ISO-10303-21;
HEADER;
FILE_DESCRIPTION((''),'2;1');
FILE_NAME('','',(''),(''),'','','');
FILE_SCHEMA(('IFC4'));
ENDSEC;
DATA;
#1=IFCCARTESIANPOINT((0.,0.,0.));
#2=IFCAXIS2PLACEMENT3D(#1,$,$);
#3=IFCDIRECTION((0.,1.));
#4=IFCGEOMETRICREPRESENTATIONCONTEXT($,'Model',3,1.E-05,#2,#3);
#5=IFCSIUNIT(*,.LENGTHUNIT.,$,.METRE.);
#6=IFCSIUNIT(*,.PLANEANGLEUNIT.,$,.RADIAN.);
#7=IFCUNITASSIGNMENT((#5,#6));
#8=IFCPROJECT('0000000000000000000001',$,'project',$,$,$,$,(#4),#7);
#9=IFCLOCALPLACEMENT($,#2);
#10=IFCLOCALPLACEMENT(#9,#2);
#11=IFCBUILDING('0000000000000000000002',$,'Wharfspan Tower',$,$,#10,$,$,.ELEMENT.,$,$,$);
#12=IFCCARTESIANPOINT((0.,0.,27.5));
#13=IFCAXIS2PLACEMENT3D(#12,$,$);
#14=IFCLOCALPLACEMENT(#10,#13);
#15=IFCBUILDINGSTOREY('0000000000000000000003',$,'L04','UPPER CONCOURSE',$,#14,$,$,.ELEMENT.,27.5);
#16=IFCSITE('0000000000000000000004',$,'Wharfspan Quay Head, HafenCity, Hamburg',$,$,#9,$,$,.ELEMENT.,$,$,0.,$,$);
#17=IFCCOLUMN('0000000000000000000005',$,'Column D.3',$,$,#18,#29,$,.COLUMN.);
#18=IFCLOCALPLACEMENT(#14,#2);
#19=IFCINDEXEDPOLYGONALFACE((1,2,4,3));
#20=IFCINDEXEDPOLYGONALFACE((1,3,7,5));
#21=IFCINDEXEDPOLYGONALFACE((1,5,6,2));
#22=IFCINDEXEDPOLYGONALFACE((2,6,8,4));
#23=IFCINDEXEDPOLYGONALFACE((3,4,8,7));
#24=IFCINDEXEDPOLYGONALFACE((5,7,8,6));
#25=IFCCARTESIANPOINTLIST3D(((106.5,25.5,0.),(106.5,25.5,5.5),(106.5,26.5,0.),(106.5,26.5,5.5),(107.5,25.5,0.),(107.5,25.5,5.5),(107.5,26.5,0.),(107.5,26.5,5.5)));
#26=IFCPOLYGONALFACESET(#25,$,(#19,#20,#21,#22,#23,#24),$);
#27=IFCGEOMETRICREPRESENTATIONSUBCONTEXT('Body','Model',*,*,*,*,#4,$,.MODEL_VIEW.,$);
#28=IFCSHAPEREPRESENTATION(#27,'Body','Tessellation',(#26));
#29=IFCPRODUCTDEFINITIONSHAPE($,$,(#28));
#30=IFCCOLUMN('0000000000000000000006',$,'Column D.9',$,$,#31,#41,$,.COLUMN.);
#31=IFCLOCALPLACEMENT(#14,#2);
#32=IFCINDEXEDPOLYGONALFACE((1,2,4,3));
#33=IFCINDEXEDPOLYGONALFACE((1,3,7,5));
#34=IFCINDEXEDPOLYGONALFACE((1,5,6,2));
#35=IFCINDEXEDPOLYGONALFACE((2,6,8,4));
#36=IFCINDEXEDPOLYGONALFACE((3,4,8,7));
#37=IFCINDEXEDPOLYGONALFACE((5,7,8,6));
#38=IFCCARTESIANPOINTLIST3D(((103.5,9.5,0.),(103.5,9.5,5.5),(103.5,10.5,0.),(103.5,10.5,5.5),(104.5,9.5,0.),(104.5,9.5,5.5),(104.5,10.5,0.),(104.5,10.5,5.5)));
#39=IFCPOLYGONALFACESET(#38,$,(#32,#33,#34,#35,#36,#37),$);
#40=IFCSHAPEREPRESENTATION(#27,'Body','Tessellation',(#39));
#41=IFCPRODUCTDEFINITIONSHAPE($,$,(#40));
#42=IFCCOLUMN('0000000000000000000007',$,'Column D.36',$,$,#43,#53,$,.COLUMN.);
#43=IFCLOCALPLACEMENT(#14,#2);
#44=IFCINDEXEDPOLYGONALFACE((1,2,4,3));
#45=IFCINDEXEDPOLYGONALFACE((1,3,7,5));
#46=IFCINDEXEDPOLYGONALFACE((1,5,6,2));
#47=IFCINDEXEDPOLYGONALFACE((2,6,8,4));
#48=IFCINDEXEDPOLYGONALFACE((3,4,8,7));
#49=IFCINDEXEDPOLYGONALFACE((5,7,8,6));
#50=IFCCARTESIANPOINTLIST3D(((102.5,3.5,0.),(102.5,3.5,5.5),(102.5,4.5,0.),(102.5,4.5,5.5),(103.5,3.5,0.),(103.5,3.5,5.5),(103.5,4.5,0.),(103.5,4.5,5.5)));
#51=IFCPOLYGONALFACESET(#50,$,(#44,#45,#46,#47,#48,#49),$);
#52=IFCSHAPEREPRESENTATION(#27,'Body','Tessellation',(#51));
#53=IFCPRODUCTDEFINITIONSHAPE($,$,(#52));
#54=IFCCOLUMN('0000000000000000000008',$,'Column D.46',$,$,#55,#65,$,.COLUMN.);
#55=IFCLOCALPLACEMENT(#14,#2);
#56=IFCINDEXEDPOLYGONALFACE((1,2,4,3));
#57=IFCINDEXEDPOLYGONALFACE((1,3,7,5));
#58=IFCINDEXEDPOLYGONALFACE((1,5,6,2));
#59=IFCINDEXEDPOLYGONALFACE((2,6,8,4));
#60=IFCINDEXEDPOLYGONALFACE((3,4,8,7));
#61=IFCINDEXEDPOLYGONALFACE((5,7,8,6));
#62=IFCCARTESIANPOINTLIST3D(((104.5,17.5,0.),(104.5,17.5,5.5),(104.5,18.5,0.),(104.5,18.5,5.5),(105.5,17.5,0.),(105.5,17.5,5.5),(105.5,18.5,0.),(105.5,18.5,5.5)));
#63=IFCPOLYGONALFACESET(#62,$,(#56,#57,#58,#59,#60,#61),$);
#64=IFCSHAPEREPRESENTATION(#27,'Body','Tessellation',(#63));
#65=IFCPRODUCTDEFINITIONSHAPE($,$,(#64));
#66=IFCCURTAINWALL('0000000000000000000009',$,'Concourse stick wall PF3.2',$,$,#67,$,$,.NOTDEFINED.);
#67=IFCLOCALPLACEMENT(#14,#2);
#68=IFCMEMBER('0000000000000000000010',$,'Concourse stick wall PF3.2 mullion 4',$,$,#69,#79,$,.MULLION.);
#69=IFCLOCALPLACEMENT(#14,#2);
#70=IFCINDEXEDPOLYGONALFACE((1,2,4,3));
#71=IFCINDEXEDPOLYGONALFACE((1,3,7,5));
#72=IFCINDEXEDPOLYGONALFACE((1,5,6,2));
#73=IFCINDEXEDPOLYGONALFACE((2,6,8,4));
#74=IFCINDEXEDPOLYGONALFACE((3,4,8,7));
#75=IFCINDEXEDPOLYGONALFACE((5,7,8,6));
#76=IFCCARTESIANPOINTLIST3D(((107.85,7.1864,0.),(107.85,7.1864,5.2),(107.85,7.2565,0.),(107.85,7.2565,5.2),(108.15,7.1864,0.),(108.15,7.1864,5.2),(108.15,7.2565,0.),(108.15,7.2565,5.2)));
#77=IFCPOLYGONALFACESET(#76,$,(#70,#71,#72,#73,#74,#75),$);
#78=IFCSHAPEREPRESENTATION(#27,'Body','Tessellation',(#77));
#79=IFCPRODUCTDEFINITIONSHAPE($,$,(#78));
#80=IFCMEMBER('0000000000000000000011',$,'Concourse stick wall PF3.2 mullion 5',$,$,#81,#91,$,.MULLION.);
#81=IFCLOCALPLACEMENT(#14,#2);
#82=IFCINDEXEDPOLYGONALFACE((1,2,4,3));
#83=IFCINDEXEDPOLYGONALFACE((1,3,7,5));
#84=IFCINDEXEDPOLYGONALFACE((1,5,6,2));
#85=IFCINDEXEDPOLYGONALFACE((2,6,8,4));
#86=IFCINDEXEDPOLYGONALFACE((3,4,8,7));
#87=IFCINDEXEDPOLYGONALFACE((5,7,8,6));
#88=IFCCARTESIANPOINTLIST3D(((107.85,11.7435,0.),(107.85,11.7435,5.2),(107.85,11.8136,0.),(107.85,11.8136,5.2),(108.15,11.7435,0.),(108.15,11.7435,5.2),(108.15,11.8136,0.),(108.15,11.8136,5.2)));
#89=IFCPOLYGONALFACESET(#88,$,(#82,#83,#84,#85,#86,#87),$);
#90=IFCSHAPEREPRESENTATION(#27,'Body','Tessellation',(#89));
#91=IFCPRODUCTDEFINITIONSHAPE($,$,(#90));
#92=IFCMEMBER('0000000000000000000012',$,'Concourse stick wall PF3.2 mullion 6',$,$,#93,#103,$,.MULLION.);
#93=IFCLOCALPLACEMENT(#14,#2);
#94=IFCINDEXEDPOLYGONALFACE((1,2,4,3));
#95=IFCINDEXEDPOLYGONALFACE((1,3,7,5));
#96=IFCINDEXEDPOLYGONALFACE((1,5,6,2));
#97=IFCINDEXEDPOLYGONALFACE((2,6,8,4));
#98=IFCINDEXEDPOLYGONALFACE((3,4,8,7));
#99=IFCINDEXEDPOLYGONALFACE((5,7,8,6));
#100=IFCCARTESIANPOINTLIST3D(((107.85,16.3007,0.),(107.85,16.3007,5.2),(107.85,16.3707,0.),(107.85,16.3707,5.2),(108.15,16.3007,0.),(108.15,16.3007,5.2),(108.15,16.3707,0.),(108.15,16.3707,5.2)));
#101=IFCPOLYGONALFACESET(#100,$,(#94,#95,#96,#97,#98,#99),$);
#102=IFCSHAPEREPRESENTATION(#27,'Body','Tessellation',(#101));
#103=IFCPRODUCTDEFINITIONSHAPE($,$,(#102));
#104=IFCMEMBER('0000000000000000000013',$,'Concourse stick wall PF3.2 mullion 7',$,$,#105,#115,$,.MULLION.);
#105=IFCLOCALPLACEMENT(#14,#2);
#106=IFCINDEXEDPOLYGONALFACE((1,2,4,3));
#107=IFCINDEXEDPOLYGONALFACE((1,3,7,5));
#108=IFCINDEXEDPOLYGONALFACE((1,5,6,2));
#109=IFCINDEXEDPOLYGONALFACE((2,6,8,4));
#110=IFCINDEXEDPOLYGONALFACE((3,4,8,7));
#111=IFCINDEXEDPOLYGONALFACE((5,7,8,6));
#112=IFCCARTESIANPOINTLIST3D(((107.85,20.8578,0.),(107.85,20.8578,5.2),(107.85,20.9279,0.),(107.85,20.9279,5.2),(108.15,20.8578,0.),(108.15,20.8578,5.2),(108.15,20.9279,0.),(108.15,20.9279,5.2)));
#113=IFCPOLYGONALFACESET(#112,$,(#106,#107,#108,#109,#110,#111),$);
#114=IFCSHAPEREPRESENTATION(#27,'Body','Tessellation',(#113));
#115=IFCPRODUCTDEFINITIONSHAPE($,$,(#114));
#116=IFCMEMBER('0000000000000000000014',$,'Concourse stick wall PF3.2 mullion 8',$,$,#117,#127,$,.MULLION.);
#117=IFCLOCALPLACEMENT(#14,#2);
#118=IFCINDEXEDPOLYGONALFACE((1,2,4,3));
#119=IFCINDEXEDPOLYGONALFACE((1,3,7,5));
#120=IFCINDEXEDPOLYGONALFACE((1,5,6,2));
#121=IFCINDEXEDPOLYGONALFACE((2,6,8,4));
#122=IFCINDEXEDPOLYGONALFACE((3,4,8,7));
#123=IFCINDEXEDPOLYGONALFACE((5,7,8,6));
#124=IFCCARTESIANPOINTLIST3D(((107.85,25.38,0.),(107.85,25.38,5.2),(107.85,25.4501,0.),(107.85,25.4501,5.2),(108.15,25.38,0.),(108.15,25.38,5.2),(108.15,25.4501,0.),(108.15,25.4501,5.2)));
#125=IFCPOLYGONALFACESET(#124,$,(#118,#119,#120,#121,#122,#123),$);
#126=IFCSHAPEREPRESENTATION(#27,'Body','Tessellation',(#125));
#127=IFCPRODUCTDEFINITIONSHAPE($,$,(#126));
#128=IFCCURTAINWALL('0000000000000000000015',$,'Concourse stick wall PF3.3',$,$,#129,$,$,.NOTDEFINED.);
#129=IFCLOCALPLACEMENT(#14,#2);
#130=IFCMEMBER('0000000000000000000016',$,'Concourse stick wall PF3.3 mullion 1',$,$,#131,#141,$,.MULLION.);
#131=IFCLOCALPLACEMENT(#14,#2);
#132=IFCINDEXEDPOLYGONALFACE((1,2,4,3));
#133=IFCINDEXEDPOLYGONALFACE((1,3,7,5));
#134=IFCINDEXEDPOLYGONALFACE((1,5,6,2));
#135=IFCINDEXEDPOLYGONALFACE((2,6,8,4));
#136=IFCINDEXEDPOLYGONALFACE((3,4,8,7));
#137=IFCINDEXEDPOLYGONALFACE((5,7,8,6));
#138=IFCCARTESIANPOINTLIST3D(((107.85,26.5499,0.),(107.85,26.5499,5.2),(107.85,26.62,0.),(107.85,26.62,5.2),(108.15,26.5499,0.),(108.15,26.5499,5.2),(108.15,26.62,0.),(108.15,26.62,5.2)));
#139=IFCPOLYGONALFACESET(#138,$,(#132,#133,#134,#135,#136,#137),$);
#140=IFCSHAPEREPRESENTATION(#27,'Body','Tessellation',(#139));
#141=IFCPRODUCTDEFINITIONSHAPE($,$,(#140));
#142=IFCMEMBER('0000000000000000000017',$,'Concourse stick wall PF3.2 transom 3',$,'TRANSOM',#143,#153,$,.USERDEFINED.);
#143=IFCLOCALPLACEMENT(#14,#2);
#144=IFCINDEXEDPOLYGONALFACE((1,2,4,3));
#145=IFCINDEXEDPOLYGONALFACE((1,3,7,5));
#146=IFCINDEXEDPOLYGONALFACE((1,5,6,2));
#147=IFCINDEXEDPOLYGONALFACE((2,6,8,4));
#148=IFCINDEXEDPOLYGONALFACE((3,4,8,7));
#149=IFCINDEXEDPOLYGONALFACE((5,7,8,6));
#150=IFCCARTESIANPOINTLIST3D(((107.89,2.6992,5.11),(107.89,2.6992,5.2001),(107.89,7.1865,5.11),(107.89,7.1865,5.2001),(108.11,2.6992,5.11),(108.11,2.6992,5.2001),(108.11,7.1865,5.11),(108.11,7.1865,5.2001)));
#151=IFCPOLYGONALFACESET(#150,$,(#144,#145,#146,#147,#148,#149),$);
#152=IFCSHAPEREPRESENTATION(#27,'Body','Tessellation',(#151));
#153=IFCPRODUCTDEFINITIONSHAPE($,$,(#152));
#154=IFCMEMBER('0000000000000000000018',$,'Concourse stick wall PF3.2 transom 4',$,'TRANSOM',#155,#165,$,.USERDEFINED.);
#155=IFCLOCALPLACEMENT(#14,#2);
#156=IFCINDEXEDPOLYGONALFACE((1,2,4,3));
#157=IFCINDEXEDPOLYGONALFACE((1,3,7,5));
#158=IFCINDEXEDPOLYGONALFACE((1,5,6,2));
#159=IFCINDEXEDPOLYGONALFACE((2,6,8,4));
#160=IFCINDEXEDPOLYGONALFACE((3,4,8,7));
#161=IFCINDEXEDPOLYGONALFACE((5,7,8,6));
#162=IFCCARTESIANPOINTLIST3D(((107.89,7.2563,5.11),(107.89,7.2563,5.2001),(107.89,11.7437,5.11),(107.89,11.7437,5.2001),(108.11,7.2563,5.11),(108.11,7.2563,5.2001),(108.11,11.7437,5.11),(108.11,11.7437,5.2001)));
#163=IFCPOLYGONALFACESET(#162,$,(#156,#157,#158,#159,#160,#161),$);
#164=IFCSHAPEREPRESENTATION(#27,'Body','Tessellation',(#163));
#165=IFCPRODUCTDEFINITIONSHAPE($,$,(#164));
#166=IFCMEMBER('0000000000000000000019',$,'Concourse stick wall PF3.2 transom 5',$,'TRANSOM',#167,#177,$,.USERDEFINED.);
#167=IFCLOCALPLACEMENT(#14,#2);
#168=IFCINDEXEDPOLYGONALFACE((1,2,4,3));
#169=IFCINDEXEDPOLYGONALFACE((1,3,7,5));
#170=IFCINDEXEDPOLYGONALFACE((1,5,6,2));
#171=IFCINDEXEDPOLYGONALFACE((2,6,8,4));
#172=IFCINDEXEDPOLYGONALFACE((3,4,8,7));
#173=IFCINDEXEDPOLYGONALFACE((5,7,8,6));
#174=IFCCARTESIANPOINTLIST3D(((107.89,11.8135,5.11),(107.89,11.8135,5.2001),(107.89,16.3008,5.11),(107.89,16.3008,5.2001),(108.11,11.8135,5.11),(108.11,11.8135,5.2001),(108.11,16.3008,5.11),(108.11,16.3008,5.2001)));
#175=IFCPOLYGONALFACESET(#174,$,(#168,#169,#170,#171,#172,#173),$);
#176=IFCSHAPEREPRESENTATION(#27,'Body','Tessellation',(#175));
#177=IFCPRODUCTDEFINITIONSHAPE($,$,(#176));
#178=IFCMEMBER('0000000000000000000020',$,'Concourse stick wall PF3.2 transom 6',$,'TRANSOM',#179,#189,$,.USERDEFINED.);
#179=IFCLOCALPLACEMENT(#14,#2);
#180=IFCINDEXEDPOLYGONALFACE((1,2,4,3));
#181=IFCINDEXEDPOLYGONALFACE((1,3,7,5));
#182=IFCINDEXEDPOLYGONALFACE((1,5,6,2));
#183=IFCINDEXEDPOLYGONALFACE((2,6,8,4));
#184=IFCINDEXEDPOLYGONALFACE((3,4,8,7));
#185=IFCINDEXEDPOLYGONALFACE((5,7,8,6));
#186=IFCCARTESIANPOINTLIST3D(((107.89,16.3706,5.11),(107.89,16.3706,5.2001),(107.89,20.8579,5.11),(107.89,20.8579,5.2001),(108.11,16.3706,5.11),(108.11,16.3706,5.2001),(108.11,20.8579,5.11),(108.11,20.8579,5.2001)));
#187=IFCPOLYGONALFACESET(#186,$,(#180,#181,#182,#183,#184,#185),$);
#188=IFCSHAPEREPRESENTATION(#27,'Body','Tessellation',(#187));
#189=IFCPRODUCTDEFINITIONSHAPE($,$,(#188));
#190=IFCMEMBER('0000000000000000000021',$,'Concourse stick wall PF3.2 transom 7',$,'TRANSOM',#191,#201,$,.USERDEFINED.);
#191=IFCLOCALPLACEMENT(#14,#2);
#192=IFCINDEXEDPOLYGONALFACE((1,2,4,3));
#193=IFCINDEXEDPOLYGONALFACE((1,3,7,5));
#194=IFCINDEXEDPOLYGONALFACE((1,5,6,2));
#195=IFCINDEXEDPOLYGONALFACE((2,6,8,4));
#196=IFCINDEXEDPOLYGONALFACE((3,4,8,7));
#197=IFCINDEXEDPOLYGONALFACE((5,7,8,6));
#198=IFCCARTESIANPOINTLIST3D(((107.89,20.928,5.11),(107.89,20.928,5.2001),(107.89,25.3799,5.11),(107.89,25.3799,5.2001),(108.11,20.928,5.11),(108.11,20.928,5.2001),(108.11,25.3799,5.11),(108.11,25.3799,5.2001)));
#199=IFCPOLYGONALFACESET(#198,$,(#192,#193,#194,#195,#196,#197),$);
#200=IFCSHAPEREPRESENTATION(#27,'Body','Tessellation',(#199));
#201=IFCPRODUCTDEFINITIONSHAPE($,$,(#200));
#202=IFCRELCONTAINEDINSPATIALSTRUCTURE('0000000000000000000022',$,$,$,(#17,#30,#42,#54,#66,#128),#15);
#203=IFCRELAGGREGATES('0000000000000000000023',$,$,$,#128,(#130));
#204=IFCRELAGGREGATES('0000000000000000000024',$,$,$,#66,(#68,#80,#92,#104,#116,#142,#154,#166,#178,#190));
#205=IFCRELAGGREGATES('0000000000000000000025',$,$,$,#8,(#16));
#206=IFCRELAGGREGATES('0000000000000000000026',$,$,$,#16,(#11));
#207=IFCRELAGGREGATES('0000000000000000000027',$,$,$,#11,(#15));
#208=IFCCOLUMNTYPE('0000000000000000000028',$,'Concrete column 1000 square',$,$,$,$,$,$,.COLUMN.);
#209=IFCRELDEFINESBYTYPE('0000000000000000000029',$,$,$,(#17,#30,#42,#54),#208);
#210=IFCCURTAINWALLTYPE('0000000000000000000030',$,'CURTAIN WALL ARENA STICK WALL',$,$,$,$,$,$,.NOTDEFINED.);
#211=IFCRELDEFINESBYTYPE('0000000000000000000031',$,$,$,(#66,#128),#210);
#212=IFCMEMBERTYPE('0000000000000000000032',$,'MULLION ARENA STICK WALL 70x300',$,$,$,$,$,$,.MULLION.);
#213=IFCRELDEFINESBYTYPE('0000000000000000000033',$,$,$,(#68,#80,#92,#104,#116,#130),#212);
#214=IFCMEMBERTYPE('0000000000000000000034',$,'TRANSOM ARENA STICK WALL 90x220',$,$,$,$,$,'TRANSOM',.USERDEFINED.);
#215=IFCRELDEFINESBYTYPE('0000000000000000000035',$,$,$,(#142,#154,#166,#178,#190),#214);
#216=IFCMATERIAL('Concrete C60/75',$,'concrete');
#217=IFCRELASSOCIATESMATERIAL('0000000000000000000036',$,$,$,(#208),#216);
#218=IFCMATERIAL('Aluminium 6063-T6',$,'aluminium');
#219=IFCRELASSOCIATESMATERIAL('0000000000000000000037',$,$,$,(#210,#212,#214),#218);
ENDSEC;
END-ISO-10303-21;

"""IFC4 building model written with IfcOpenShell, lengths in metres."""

from ifc_helpers import new_model, si_unit, direction, frame, origin, origin_2d, place, context, subcontext, project, spatial, rectangle, extrude, material, material_profile, profile_set, type_object, element, aggregate, save


model = new_model("IFC4")

# Units and contexts
model_context = context("Model", 3, precision=1e-05, world=origin(), true_north=direction((0.0, 1.0)))
body_context = subcontext(model_context, "Body", "Model", "MODEL_VIEW")
ifc_project = project(units=[si_unit("LENGTHUNIT", "METRE"), si_unit("PLANEANGLEUNIT", "RADIAN")], contexts=[model_context])

# Site, building, storey
site_placement = place(None, origin())
site = spatial("IfcSite", under=ifc_project, at=site_placement, Name="Wharfspan Quay Head, HafenCity, Hamburg", CompositionType="ELEMENT", RefElevation=0.0)
building_placement = place(site_placement, origin())
building = spatial("IfcBuilding", under=site, at=building_placement, Name="Wharfspan Tower", CompositionType="ELEMENT")
storey_placement = place(building_placement, frame((0.0, 0.0, 27.5)))
storey = spatial("IfcBuildingStorey", under=building, at=storey_placement, Name="L04", Description="UPPER CONCOURSE", CompositionType="ELEMENT", Elevation=27.5)

# Columns
ifc_material_1 = material(Name="Concrete C60/75", Category="concrete")
ifc_material_profile_1 = material_profile(ifc_material_1, rectangle(XDim=1.0, YDim=1.0, at=origin_2d()))
ifc_profile_set_1 = profile_set([ifc_material_profile_1], Name="Concrete C60/75")
column_type = type_object("IfcColumnType", Name="Concrete column 1000 square", PredefinedType="COLUMN", material=ifc_profile_set_1)
for number, where, z_axis, x_axis, name in (
    (1, (107.0, 26.0, 0.0), (0.0, 0.0, 1.0), (1.0, 0.0, 0.0), "Column D.3"),
    (2, (104.0, 10.0, 0.0), (0.0, 0.0, 1.0), (1.0, 0.0, 0.0), "Column D.9"),
    (3, (103.0, 4.0, 0.0), (0.0, 0.0, 1.0), (1.0, 0.0, 0.0), "Column D.36"),
    (4, (105.0, 18.0, 0.0), (0.0, 0.0, 1.0), (1.0, 0.0, 0.0), "Column D.46"),
):
    element("IfcColumn", number, at=place(storey_placement, frame(where, z_axis=z_axis, x_axis=x_axis)), inside=storey, type_object=column_type, Name=name, PredefinedType="COLUMN", context=body_context, shape_type="SweptSolid", body=[
        extrude(rectangle(XDim=1.0, YDim=1.0, at=origin_2d()), origin(), (0.0, 0.0, 1.0), 5.5),
    ])

# Curtain wall, members
ifc_material_2 = material(Name="Aluminium 6063-T6", Category="aluminium")
curtain_wall_type = type_object("IfcCurtainWallType", Name="CURTAIN WALL ARENA STICK WALL", PredefinedType="NOTDEFINED", material=ifc_material_2)
curtain_wall_1_placement = place(storey_placement, origin())
curtain_wall_1 = element("IfcCurtainWall", 5, at=curtain_wall_1_placement, inside=storey, type_object=curtain_wall_type, Name="Concourse stick wall PF3.2", PredefinedType="NOTDEFINED")
ifc_material_profile_2 = material_profile(ifc_material_2, rectangle(XDim=0.3, YDim=0.0701, at=origin_2d()))
ifc_profile_set_2 = profile_set([ifc_material_profile_2], Name="Aluminium 6063-T6")
member_type_1 = type_object("IfcMemberType", Name="MULLION ARENA STICK WALL 70x300", PredefinedType="MULLION", material=ifc_profile_set_2)
member_1_placement = place(storey_placement, frame((108.0, 7.2214, 0.0), z_axis=(0.0, 0.0, 1.0), x_axis=(-1.0, 0.0, 0.0)))
member_1 = element("IfcMember", 6, at=member_1_placement, type_object=member_type_1, Name="Concourse stick wall PF3.2 mullion 4", PredefinedType="MULLION", context=body_context, shape_type="SweptSolid", body=[
    extrude(rectangle(XDim=0.3, YDim=0.0701, at=origin_2d()), origin(), (0.0, 0.0, 1.0), 5.2),
])
member_2_placement = place(storey_placement, frame((108.0, 11.7786, 0.0), z_axis=(0.0, 0.0, 1.0), x_axis=(-1.0, 0.0, 0.0)))
member_2 = element("IfcMember", 7, at=member_2_placement, type_object=member_type_1, Name="Concourse stick wall PF3.2 mullion 5", PredefinedType="MULLION", context=body_context, shape_type="SweptSolid", body=[
    extrude(rectangle(XDim=0.3, YDim=0.0701, at=origin_2d()), origin(), (0.0, 0.0, 1.0), 5.2),
])
member_3_placement = place(storey_placement, frame((108.0, 16.3357, 0.0), z_axis=(0.0, 0.0, 1.0), x_axis=(-1.0, 0.0, 0.0)))
member_3 = element("IfcMember", 8, at=member_3_placement, type_object=member_type_1, Name="Concourse stick wall PF3.2 mullion 6", PredefinedType="MULLION", context=body_context, shape_type="SweptSolid", body=[
    extrude(rectangle(XDim=0.3, YDim=0.0701, at=origin_2d()), origin(), (0.0, 0.0, 1.0), 5.2),
])
member_4_placement = place(storey_placement, frame((108.0, 20.8928, 0.0), z_axis=(0.0, 0.0, 1.0), x_axis=(-1.0, 0.0, 0.0)))
member_4 = element("IfcMember", 9, at=member_4_placement, type_object=member_type_1, Name="Concourse stick wall PF3.2 mullion 7", PredefinedType="MULLION", context=body_context, shape_type="SweptSolid", body=[
    extrude(rectangle(XDim=0.3, YDim=0.0701, at=origin_2d()), origin(), (0.0, 0.0, 1.0), 5.2),
])
member_5_placement = place(storey_placement, frame((108.0, 25.415, 0.0), z_axis=(0.0, 0.0, 1.0), x_axis=(-1.0, 0.0, 0.0)))
member_5 = element("IfcMember", 10, at=member_5_placement, type_object=member_type_1, Name="Concourse stick wall PF3.2 mullion 8", PredefinedType="MULLION", context=body_context, shape_type="SweptSolid", body=[
    extrude(rectangle(XDim=0.3, YDim=0.0701, at=origin_2d()), origin(), (0.0, 0.0, 1.0), 5.2),
])

# Curtain wall, member
curtain_wall_2_placement = place(storey_placement, origin())
curtain_wall_2 = element("IfcCurtainWall", 11, at=curtain_wall_2_placement, inside=storey, type_object=curtain_wall_type, Name="Concourse stick wall PF3.3", PredefinedType="NOTDEFINED")
member_6_placement = place(storey_placement, frame((108.0, 26.585, 0.0), z_axis=(0.0, 0.0, 1.0), x_axis=(-1.0, 0.0, 0.0)))
member_6 = element("IfcMember", 12, at=member_6_placement, type_object=member_type_1, Name="Concourse stick wall PF3.3 mullion 1", PredefinedType="MULLION", context=body_context, shape_type="SweptSolid", body=[
    extrude(rectangle(XDim=0.3, YDim=0.0701, at=origin_2d()), origin(), (0.0, 0.0, 1.0), 5.2),
])

# Members
ifc_material_profile_3 = material_profile(ifc_material_2, rectangle(XDim=0.22, YDim=0.0901, at=origin_2d()))
ifc_profile_set_3 = profile_set([ifc_material_profile_3], Name="Aluminium 6063-T6")
member_type_2 = type_object("IfcMemberType", Name="TRANSOM ARENA STICK WALL 90x220", ElementType="TRANSOM", PredefinedType="USERDEFINED", material=ifc_profile_set_3)
member_7_placement = place(storey_placement, frame((108.0, 2.6992, 5.155), z_axis=(0.0, 1.0, 0.0), x_axis=(-1.0, 0.0, 0.0)))
member_7 = element("IfcMember", 13, at=member_7_placement, type_object=member_type_2, Name="Concourse stick wall PF3.2 transom 3", ObjectType="TRANSOM", PredefinedType="USERDEFINED", context=body_context, shape_type="SweptSolid", body=[
    extrude(rectangle(XDim=0.22, YDim=0.0901, at=origin_2d()), origin(), (0.0, 0.0, 1.0), 4.4873),
])
member_8_placement = place(storey_placement, frame((108.0, 7.2563, 5.155), z_axis=(0.0, 1.0, 0.0), x_axis=(-1.0, 0.0, 0.0)))
member_8 = element("IfcMember", 14, at=member_8_placement, type_object=member_type_2, Name="Concourse stick wall PF3.2 transom 4", ObjectType="TRANSOM", PredefinedType="USERDEFINED", context=body_context, shape_type="SweptSolid", body=[
    extrude(rectangle(XDim=0.22, YDim=0.0901, at=origin_2d()), origin(), (0.0, 0.0, 1.0), 4.4873),
])
member_9_placement = place(storey_placement, frame((108.0, 11.8135, 5.155), z_axis=(0.0, 1.0, 0.0), x_axis=(-1.0, 0.0, 0.0)))
member_9 = element("IfcMember", 15, at=member_9_placement, type_object=member_type_2, Name="Concourse stick wall PF3.2 transom 5", ObjectType="TRANSOM", PredefinedType="USERDEFINED", context=body_context, shape_type="SweptSolid", body=[
    extrude(rectangle(XDim=0.22, YDim=0.0901, at=origin_2d()), origin(), (0.0, 0.0, 1.0), 4.4873),
])
member_10_placement = place(storey_placement, frame((108.0, 16.3706, 5.155), z_axis=(0.0, 1.0, 0.0), x_axis=(-1.0, 0.0, 0.0)))
member_10 = element("IfcMember", 16, at=member_10_placement, type_object=member_type_2, Name="Concourse stick wall PF3.2 transom 6", ObjectType="TRANSOM", PredefinedType="USERDEFINED", context=body_context, shape_type="SweptSolid", body=[
    extrude(rectangle(XDim=0.22, YDim=0.0901, at=origin_2d()), origin(), (0.0, 0.0, 1.0), 4.4873),
])
member_11_placement = place(storey_placement, frame((108.0, 20.928, 5.155), z_axis=(0.0, 1.0, 0.0), x_axis=(-1.0, 0.0, 0.0)))
member_11 = element("IfcMember", 17, at=member_11_placement, type_object=member_type_2, Name="Concourse stick wall PF3.2 transom 7", ObjectType="TRANSOM", PredefinedType="USERDEFINED", context=body_context, shape_type="SweptSolid", body=[
    extrude(rectangle(XDim=0.22, YDim=0.0901, at=origin_2d()), origin(), (0.0, 0.0, 1.0), 4.4519),
])
aggregate(curtain_wall_2, [member_6])

aggregate(curtain_wall_1, [member_1, member_2, member_3, member_4, member_5, member_7, member_8, member_9, member_10, member_11])

save(model, "model.ifc")
